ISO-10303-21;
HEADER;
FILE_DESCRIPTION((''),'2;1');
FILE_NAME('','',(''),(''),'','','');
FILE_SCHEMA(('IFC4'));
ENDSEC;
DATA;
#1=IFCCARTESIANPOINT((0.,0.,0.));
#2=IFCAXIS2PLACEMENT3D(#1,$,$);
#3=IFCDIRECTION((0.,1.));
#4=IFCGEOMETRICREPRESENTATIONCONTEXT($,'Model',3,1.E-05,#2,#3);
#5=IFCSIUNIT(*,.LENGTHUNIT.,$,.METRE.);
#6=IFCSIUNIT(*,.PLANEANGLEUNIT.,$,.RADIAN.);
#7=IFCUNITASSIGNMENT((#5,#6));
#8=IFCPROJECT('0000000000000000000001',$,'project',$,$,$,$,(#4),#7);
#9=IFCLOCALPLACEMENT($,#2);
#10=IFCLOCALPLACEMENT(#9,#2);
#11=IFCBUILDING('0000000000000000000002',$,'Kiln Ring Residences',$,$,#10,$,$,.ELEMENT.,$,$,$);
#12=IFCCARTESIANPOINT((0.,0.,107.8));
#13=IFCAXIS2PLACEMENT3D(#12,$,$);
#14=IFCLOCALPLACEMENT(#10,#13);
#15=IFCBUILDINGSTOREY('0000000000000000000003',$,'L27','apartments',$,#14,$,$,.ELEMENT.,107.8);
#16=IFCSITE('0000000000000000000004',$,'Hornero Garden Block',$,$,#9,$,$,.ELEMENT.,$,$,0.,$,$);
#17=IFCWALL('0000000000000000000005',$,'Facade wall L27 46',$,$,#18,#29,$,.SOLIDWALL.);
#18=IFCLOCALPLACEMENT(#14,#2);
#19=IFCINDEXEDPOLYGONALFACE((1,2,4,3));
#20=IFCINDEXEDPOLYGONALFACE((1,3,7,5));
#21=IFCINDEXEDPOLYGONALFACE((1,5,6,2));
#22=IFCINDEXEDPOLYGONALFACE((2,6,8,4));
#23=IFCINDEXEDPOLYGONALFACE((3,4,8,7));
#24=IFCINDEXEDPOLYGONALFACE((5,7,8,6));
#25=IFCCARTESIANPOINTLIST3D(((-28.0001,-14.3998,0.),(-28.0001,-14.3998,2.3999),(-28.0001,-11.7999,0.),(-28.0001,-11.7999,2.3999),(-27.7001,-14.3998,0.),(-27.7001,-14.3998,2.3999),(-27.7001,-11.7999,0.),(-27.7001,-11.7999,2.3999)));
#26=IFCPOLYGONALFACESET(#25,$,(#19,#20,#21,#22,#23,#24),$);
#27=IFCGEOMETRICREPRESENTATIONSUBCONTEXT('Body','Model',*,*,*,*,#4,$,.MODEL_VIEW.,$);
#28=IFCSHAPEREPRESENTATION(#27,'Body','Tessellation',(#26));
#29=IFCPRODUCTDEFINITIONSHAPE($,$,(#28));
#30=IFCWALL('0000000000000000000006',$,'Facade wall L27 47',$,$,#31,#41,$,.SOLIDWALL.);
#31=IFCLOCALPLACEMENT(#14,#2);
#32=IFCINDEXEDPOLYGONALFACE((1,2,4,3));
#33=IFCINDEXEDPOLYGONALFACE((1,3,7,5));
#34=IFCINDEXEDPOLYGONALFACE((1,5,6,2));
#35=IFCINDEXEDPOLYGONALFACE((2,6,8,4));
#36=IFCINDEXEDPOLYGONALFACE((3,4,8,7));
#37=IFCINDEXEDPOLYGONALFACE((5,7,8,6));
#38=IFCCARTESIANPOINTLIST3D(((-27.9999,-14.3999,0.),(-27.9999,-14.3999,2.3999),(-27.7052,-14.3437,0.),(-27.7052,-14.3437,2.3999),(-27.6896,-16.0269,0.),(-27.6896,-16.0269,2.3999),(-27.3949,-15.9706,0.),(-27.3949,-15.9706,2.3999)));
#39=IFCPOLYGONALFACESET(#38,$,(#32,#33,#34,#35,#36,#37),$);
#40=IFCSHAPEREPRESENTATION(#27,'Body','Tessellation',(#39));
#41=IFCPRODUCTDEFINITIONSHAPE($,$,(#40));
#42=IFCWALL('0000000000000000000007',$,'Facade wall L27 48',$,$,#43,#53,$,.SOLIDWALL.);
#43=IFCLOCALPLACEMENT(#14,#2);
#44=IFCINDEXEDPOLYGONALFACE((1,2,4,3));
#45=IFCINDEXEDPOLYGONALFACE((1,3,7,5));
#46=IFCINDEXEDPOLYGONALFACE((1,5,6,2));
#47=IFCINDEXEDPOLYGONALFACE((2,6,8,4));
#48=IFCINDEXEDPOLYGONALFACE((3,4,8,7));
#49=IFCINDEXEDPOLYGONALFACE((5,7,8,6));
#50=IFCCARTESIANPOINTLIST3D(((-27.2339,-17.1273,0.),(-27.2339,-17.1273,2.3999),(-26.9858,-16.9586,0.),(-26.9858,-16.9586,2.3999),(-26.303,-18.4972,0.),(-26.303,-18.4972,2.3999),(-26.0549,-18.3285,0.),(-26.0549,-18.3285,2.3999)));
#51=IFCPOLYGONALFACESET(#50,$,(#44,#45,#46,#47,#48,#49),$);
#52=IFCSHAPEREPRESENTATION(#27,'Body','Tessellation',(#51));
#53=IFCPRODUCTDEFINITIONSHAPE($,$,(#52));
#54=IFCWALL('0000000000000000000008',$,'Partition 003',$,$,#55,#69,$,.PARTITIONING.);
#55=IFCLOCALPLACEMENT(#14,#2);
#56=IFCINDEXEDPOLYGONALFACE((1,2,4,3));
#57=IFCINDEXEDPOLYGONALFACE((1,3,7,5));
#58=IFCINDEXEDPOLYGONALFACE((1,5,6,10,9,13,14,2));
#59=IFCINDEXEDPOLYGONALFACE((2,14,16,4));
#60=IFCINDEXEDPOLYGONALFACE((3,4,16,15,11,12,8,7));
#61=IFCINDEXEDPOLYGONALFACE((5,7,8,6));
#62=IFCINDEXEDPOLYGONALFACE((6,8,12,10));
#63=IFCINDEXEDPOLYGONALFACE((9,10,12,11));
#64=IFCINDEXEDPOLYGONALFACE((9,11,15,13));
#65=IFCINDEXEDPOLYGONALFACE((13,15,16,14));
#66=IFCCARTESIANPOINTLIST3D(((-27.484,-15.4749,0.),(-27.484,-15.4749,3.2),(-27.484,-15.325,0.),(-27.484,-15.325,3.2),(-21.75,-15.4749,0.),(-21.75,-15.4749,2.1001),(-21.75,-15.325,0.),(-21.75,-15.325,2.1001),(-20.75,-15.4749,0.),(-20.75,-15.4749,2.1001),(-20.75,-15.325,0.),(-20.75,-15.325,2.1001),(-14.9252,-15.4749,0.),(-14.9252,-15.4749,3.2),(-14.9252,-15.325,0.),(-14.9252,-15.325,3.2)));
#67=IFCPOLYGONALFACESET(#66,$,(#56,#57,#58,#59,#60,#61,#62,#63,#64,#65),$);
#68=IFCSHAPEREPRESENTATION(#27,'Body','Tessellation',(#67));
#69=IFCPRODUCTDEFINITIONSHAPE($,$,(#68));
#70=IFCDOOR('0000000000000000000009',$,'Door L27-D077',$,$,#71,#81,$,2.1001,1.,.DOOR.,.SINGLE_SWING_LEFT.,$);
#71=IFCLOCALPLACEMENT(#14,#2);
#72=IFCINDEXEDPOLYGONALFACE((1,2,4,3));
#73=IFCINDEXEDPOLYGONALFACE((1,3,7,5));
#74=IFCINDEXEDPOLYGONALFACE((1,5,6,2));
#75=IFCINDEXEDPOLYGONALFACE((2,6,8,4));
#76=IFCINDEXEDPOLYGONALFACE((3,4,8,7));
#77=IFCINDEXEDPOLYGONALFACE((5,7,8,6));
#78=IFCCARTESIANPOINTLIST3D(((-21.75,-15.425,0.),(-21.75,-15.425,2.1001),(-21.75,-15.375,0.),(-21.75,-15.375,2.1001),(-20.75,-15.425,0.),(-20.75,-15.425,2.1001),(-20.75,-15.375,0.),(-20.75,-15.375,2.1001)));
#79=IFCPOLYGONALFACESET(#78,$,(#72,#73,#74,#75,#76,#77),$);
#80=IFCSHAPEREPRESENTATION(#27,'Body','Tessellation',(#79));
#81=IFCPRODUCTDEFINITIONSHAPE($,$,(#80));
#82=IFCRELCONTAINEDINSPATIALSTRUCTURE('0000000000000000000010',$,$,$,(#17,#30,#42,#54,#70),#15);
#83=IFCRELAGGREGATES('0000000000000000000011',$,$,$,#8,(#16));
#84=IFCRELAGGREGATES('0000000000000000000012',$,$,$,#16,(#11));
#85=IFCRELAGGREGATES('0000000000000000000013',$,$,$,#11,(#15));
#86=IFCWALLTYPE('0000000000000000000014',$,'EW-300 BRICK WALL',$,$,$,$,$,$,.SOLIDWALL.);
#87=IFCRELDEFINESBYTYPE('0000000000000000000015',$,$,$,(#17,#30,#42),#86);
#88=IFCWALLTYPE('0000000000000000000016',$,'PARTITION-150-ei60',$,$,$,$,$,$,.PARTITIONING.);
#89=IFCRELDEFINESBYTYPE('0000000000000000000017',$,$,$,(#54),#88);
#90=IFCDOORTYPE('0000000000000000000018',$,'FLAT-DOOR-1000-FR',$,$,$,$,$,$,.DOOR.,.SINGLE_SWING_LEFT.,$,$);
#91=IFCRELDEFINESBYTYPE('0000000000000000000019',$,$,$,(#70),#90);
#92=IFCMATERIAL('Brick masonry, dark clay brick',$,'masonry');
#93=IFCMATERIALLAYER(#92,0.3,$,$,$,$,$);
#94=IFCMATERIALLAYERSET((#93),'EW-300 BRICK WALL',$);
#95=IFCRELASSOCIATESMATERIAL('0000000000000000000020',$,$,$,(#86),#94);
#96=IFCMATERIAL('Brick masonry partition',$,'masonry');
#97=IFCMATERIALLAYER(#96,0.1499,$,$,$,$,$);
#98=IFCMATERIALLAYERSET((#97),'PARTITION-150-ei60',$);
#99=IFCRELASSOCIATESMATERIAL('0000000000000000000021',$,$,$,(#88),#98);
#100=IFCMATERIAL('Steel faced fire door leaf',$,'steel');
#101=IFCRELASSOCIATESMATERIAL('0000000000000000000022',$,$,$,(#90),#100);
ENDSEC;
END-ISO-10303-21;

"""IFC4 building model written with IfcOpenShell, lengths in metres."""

from ifc_helpers import new_model, si_unit, direction, frame, frame_2d, origin, place, context, subcontext, project, spatial, rectangle, extrude, material, layer, layer_set, type_object, element, fill, save


model = new_model("IFC4")

# Units and contexts
model_context = context("Model", 3, precision=1e-05, world=origin(), true_north=direction((0.0, 1.0)))
body_context = subcontext(model_context, "Body", "Model", "MODEL_VIEW")
ifc_project = project(units=[si_unit("LENGTHUNIT", "METRE"), si_unit("PLANEANGLEUNIT", "RADIAN")], contexts=[model_context])

# Site, building, storey
site_placement = place(None, origin())
site = spatial("IfcSite", under=ifc_project, at=site_placement, Name="Hornero Garden Block", CompositionType="ELEMENT", RefElevation=0.0)
building_placement = place(site_placement, origin())
building = spatial("IfcBuilding", under=site, at=building_placement, Name="Kiln Ring Residences", CompositionType="ELEMENT")
storey_placement = place(building_placement, frame((0.0, 0.0, 107.8)))
storey = spatial("IfcBuildingStorey", under=building, at=storey_placement, Name="L27", Description="apartments", CompositionType="ELEMENT", Elevation=107.8)

# Walls
ifc_material_1 = material(Name="Brick masonry, dark clay brick", Category="masonry")
ifc_layer_1 = layer(ifc_material_1, 0.3)
ifc_layer_set_1 = layer_set([ifc_layer_1], Name="EW-300 BRICK WALL")
wall_type_1 = type_object("IfcWallType", Name="EW-300 BRICK WALL", PredefinedType="SOLIDWALL", material=ifc_layer_set_1)
wall_1_placement = place(storey_placement, frame((-27.8501, -11.8, 0.0), z_axis=(0.0, 0.0, 1.0), x_axis=(0.0, -1.0, 0.0)))
element("IfcWall", 1, at=wall_1_placement, inside=storey, type_object=wall_type_1, Name="Facade wall L27 46", PredefinedType="SOLIDWALL", context=body_context, shape_type="SweptSolid", body=[
    extrude(rectangle(XDim=2.5999, YDim=0.3, at=frame_2d((1.2998, 0.0))), origin(), (0.0, 0.0, 1.0), 2.3999),
])
for number, where, z_axis, x_axis, name in (
    (2, (-27.8525, -14.3718, 0.0), (0.0, 0.0, 1.0), (0.187349, -0.982293, 0.0), "Facade wall L27 47"),
    (3, (-27.1099, -17.043, 0.0), (0.0, 0.0, 1.0), (0.56206, -0.827096, 0.0), "Facade wall L27 48"),
):
    element("IfcWall", number, at=place(storey_placement, frame(where, z_axis=z_axis, x_axis=x_axis)), inside=storey, type_object=wall_type_1, Name=name, PredefinedType="SOLIDWALL", context=body_context, shape_type="SweptSolid", body=[
        extrude(rectangle(XDim=1.6562, YDim=0.3, at=frame_2d((0.8281, 0.0))), origin(), (0.0, 0.0, 1.0), 2.3999),
    ])

# Wall, opening, door
ifc_material_2 = material(Name="Brick masonry partition", Category="masonry")
ifc_layer_2 = layer(ifc_material_2, 0.1499)
ifc_layer_set_2 = layer_set([ifc_layer_2], Name="PARTITION-150-ei60")
wall_type_2 = type_object("IfcWallType", Name="PARTITION-150-ei60", PredefinedType="PARTITIONING", material=ifc_layer_set_2)
wall_2_placement = place(storey_placement, frame((-27.4839, -15.3999, 0.0), z_axis=(0.0, 0.0, 1.0), x_axis=(1.0, 0.0, 0.0)))
wall_2 = element("IfcWall", 4, at=wall_2_placement, inside=storey, type_object=wall_type_2, Name="Partition 003", PredefinedType="PARTITIONING", context=body_context, shape_type="SweptSolid", body=[
    extrude(rectangle(XDim=12.5588, YDim=0.1499, at=frame_2d((6.2793, 0.0))), origin(), (0.0, 0.0, 1.0), 3.2),
])
opening_1_placement = place(wall_2_placement, frame((5.7339, 0.0, 0.0)))
opening_1 = element("IfcOpeningElement", 5, at=opening_1_placement, cuts=wall_2, PredefinedType="OPENING", context=body_context, shape_type="SweptSolid", body=[
    extrude(rectangle(XDim=1.0, YDim=2.1001, at=frame_2d((0.5, 1.05))), frame((0.0, 0.085, 0.0), z_axis=(0.0, -1.0, 0.0), x_axis=(1.0, 0.0, 0.0)), (0.0, 0.0, 1.0), 0.1699),
])
ifc_material_3 = material(Name="Steel faced fire door leaf", Category="steel")
door_type_1 = type_object("IfcDoorType", Name="FLAT-DOOR-1000-FR", OperationType="SINGLE_SWING_LEFT", PredefinedType="DOOR", material=ifc_material_3)
door_1_placement = place(opening_1_placement, origin())
door_1 = element("IfcDoor", 6, at=door_1_placement, inside=storey, type_object=door_type_1, Name="Door L27-D077", OperationType="SINGLE_SWING_LEFT", OverallHeight=2.1001, OverallWidth=1.0, PredefinedType="DOOR", context=body_context, shape_type="SweptSolid", body=[
    extrude(rectangle(XDim=1.0, YDim=2.1001, at=frame_2d((0.5, 1.05))), frame((0.0, 0.0249, 0.0), z_axis=(0.0, -1.0, 0.0), x_axis=(1.0, 0.0, 0.0)), (0.0, 0.0, 1.0), 0.05),
])
fill(opening_1, door_1)

save(model, "model.ifc")
